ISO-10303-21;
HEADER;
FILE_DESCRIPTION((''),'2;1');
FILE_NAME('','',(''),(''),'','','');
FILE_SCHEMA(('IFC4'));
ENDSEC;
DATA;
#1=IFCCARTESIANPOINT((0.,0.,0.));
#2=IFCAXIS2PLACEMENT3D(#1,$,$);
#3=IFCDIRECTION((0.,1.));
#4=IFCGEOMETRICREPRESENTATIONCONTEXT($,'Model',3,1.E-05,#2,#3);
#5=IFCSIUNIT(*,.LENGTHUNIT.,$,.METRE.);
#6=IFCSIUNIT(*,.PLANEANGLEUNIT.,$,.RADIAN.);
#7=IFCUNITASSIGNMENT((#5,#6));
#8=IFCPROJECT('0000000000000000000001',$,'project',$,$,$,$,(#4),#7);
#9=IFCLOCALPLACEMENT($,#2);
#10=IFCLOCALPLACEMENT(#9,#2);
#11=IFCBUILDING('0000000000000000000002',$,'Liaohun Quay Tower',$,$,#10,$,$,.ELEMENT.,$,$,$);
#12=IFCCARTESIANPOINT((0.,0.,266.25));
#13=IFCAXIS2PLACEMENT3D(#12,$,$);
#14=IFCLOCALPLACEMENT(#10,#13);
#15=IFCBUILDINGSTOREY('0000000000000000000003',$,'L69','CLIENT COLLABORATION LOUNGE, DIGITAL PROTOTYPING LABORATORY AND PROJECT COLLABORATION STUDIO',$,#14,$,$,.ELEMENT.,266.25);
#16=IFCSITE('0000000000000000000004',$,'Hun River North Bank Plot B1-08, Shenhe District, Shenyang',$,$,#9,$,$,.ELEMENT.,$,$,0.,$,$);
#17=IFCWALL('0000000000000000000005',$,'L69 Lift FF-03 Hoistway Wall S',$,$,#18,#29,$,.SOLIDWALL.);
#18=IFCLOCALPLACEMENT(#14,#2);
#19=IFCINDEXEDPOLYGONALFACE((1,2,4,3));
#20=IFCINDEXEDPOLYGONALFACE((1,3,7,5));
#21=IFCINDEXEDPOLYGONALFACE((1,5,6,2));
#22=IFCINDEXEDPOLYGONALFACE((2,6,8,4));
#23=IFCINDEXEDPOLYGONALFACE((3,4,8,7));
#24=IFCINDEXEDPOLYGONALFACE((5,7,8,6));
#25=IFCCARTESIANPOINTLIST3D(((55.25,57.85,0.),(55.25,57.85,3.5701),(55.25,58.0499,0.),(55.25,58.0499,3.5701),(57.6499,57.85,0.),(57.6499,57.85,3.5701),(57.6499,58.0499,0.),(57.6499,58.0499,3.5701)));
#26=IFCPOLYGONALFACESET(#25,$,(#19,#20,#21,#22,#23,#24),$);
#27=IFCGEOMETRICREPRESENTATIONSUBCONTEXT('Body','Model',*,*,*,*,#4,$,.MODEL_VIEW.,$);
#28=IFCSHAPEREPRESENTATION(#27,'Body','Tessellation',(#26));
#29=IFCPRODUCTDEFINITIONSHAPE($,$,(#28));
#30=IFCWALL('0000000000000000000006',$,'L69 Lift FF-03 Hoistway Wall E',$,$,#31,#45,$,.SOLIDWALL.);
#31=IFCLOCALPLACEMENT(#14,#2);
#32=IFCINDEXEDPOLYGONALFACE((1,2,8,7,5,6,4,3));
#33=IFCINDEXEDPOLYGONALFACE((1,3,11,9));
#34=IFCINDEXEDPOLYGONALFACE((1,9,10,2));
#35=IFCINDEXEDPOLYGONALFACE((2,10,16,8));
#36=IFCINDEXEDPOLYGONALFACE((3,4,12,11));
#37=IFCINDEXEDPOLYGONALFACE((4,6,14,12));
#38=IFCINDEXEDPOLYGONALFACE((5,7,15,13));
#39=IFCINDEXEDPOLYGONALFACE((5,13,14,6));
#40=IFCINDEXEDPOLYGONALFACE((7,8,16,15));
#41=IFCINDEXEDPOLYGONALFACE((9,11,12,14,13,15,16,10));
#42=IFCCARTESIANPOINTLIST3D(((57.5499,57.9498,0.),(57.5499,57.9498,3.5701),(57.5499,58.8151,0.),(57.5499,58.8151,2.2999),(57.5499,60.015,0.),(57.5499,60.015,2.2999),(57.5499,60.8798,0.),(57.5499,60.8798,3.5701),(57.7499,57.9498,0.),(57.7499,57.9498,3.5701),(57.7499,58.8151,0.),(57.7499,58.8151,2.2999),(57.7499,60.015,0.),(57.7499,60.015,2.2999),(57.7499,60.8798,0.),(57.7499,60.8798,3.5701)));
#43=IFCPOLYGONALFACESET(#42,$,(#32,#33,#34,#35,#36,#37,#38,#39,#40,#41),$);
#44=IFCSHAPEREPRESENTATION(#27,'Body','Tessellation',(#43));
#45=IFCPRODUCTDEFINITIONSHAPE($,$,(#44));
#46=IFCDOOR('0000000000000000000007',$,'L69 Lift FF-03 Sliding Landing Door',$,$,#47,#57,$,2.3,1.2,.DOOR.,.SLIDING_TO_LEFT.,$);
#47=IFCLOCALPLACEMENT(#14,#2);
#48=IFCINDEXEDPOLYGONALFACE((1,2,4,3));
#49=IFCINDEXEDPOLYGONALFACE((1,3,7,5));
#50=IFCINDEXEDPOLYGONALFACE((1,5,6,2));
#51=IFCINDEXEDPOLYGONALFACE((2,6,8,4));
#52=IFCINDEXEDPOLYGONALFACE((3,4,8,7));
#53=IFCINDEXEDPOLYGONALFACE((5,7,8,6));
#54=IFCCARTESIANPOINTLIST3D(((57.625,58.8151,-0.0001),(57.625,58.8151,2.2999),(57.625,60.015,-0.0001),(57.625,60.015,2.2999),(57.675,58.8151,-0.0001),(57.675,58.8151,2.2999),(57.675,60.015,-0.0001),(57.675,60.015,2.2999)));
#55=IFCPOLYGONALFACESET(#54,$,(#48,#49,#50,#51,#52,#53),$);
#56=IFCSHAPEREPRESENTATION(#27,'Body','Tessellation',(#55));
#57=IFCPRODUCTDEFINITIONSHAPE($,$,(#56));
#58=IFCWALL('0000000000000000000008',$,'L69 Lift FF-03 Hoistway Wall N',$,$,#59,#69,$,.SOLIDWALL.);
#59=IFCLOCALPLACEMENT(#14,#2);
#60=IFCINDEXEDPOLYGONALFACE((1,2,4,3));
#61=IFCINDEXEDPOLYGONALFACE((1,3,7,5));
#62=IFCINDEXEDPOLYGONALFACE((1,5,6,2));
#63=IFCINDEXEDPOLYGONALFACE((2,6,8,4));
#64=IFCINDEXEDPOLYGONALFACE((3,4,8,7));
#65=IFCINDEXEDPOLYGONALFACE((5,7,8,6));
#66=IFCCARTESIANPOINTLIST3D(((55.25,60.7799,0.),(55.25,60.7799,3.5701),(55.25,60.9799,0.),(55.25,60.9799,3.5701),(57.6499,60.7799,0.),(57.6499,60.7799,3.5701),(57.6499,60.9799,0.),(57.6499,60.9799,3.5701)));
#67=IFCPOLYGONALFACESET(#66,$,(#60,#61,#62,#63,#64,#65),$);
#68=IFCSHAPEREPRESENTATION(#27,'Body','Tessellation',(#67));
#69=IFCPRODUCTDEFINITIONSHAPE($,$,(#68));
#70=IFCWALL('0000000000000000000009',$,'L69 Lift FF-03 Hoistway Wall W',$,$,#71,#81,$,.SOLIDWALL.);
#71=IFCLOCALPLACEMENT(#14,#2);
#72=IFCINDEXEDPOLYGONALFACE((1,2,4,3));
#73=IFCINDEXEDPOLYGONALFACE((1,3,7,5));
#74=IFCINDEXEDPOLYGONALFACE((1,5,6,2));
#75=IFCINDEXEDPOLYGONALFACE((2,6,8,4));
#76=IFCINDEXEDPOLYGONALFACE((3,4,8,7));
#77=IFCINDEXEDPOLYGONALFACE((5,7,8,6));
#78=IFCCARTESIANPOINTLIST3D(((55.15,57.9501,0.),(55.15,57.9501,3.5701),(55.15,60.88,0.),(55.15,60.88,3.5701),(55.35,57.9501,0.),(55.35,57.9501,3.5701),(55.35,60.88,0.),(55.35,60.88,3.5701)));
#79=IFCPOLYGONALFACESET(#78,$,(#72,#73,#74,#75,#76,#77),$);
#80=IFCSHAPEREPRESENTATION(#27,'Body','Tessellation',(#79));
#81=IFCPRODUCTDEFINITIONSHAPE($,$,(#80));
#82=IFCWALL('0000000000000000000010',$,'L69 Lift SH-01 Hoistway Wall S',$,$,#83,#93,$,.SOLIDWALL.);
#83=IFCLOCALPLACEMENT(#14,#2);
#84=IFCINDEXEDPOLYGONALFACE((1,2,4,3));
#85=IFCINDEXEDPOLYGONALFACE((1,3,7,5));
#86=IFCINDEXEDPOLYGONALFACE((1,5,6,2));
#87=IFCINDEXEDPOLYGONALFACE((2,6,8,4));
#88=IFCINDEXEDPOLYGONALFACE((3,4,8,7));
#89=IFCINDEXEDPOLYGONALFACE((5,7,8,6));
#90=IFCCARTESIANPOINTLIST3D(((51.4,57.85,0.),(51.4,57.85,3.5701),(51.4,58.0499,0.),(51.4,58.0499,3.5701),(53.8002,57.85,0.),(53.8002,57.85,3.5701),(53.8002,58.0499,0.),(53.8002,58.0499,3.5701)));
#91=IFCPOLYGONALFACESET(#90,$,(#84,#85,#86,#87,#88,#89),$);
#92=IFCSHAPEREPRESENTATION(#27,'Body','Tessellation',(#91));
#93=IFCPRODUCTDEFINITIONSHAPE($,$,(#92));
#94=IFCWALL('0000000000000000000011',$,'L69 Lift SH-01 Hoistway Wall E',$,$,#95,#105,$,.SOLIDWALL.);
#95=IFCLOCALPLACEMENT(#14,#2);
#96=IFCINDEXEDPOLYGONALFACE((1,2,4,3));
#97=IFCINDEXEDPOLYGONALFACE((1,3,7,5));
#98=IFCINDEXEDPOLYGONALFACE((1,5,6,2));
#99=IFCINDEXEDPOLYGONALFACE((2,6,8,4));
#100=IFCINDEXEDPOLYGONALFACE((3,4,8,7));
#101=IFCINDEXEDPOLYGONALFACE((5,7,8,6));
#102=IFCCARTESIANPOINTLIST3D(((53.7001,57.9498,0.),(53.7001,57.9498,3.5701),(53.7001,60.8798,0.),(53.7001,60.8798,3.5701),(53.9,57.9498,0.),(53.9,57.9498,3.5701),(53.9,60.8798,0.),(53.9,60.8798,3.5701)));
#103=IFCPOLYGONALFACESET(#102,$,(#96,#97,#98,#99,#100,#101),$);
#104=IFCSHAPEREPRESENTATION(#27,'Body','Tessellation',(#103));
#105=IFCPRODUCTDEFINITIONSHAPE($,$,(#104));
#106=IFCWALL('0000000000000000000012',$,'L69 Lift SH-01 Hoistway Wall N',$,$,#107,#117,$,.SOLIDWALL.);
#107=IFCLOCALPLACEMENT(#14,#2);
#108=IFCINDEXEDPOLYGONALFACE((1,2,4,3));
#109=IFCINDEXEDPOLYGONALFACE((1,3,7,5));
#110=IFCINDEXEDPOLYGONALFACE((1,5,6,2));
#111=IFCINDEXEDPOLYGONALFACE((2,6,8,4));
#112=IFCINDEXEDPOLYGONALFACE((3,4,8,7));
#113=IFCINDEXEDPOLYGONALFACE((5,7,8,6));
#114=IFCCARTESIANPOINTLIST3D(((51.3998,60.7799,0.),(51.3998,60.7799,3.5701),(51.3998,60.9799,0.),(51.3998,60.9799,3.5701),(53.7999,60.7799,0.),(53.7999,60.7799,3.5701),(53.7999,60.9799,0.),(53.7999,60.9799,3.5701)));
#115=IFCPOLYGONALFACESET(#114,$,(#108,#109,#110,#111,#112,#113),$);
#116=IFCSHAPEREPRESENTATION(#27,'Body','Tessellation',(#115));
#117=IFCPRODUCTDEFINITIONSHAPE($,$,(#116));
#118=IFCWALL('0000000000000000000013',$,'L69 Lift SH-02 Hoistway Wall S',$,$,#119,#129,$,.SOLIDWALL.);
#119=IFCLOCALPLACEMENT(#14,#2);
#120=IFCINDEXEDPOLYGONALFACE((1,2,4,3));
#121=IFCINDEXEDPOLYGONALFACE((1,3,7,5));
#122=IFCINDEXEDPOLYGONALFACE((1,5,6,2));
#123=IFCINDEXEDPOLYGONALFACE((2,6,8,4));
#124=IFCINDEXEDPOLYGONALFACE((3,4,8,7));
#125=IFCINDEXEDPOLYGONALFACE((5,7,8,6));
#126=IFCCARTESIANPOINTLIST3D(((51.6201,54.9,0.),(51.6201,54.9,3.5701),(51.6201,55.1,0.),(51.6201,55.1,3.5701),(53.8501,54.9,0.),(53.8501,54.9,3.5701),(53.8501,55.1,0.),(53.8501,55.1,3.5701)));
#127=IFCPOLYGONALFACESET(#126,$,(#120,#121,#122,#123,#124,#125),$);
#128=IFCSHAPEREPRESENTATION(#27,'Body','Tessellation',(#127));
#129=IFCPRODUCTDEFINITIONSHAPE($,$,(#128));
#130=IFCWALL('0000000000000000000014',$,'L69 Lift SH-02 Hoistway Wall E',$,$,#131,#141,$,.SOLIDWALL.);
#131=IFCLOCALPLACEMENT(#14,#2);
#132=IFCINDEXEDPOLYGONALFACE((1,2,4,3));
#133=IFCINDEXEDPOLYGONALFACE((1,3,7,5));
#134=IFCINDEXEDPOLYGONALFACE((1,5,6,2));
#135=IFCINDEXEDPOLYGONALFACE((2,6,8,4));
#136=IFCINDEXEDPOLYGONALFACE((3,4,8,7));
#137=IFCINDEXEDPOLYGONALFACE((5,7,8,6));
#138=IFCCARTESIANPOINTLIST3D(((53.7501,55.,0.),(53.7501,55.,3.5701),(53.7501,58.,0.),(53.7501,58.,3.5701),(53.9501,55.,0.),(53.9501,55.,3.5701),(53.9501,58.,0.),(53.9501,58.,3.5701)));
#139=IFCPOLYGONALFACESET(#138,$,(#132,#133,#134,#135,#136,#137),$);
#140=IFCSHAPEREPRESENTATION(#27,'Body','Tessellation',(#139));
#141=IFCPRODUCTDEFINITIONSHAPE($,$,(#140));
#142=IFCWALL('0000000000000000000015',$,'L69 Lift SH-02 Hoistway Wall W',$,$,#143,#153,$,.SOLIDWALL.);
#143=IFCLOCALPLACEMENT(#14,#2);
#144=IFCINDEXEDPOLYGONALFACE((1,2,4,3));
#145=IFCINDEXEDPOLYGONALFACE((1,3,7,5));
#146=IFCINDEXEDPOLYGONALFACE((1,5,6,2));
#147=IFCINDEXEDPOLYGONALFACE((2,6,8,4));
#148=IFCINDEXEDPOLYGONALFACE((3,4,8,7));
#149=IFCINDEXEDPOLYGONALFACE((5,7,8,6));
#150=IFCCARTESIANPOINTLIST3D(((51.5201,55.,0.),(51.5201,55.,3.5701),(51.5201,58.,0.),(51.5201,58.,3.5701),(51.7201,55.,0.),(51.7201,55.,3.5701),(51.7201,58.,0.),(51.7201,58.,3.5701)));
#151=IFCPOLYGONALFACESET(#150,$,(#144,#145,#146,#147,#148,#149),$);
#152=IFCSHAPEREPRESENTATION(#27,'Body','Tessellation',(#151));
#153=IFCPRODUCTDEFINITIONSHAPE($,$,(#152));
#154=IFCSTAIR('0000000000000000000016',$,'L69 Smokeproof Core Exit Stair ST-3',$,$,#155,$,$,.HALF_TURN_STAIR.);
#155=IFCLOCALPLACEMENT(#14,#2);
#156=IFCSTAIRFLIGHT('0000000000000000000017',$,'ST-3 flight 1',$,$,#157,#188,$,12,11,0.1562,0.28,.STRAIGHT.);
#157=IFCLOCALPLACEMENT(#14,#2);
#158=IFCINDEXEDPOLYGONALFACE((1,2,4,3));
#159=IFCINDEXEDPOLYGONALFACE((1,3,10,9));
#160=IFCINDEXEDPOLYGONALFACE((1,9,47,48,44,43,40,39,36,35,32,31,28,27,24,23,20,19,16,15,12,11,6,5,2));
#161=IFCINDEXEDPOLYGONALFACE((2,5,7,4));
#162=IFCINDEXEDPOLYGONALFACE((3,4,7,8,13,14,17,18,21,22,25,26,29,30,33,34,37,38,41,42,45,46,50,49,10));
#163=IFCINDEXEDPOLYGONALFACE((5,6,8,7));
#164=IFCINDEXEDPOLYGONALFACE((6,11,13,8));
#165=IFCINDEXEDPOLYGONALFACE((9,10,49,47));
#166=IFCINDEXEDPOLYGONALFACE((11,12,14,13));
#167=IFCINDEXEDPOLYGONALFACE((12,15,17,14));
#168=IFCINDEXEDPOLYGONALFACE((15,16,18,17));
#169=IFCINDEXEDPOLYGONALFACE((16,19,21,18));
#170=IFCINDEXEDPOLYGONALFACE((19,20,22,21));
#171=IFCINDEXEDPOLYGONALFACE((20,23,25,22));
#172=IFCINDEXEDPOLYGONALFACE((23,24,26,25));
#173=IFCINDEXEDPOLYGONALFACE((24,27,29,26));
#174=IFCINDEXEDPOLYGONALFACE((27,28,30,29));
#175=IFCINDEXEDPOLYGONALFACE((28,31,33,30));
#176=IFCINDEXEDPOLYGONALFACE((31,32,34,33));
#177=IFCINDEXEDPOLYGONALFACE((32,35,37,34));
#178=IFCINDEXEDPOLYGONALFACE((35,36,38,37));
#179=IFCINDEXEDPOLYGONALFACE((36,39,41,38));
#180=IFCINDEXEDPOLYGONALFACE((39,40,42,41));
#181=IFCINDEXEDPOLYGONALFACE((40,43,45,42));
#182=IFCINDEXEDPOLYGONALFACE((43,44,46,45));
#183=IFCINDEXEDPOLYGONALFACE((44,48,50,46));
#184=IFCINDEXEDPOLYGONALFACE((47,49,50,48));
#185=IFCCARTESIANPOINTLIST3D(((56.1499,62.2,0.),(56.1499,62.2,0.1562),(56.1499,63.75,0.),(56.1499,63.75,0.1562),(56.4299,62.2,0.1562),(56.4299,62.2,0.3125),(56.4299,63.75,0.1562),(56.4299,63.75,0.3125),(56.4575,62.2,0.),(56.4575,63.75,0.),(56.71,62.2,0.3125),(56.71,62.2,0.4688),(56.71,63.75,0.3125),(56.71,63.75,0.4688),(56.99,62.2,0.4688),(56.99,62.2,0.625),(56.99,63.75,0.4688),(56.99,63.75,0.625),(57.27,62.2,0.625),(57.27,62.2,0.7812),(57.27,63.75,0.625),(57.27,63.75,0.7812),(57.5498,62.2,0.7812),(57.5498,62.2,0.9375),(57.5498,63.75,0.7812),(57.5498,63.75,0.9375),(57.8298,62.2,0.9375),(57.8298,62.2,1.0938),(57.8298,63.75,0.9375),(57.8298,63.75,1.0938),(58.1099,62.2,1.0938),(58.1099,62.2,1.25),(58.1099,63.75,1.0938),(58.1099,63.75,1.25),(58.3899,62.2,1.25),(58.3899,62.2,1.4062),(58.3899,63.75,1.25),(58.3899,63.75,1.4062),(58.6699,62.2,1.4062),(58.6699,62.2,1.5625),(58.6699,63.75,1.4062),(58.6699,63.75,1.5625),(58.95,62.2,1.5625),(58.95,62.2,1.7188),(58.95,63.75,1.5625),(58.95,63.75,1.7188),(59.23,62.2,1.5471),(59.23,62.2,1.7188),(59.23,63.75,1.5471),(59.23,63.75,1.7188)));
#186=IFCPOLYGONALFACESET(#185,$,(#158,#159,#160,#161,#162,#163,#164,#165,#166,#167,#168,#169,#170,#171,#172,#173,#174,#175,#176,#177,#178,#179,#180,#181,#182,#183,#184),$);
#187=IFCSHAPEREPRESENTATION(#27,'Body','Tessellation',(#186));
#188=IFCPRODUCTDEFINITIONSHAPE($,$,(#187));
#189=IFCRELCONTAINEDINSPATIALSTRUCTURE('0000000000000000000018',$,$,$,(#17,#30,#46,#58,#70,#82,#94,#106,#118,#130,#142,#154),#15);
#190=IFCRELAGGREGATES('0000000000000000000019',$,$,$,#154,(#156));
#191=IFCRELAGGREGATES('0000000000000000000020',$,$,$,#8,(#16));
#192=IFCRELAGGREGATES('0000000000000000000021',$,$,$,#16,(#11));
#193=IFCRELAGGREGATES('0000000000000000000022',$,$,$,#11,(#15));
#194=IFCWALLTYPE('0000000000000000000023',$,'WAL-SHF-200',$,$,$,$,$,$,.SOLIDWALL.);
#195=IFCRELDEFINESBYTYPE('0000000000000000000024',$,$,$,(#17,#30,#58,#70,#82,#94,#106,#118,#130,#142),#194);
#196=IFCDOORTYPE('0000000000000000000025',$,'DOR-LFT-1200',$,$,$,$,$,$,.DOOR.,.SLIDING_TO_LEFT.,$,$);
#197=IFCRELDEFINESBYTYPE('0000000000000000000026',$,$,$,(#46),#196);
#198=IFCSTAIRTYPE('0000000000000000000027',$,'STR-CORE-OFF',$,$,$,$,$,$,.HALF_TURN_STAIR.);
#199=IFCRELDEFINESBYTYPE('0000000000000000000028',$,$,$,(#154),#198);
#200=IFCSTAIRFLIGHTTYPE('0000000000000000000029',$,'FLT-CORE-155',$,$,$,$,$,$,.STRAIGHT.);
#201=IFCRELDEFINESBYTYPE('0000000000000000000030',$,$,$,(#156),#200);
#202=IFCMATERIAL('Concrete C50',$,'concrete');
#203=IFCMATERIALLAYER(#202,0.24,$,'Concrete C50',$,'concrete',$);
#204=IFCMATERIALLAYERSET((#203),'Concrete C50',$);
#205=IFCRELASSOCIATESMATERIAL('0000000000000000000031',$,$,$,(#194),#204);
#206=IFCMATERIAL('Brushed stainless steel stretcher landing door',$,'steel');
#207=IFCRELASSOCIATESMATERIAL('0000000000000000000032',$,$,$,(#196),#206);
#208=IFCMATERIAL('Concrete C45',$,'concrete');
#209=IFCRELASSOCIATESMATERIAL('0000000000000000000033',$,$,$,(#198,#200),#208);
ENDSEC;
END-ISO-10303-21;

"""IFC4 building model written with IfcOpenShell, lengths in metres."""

from ifc_helpers import new_model, si_unit, direction, frame, frame_2d, origin, place, context, subcontext, project, spatial, polyline, rectangle, outline, extrude, source, transform, mapped, material, layer, layer_set, type_object, element, fill, aggregate, save


model = new_model("IFC4")

# Units and contexts
model_context = context("Model", 3, precision=1e-05, world=origin(), true_north=direction((0.0, 1.0)))
body_context = subcontext(model_context, "Body", "Model", "MODEL_VIEW")
ifc_project = project(units=[si_unit("LENGTHUNIT", "METRE"), si_unit("PLANEANGLEUNIT", "RADIAN")], contexts=[model_context])

# Site, building, storey
site_placement = place(None, origin())
site = spatial("IfcSite", under=ifc_project, at=site_placement, Name="Hun River North Bank Plot B1-08, Shenhe District, Shenyang", CompositionType="ELEMENT", RefElevation=0.0)
building_placement = place(site_placement, origin())
building = spatial("IfcBuilding", under=site, at=building_placement, Name="Liaohun Quay Tower", CompositionType="ELEMENT")
storey_placement = place(building_placement, frame((0.0, 0.0, 266.25)))
storey = spatial("IfcBuildingStorey", under=building, at=storey_placement, Name="L69", Description="CLIENT COLLABORATION LOUNGE, DIGITAL PROTOTYPING LABORATORY AND PROJECT COLLABORATION STUDIO", CompositionType="ELEMENT", Elevation=266.25)

# Wall
ifc_material_1 = material(Name="Concrete C50", Category="concrete")
ifc_layer_1 = layer(ifc_material_1, 0.24, Name="Concrete C50", Category="concrete")
ifc_layer_set_1 = layer_set([ifc_layer_1], Name="Concrete C50")
wall_type_1 = type_object("IfcWallType", Name="WAL-SHF-200", PredefinedType="SOLIDWALL", material=ifc_layer_set_1)
wall_1_placement = place(storey_placement, frame((55.25, 57.95, 0.0), z_axis=(0.0, 0.0, 1.0), x_axis=(1.0, 0.0, 0.0)))
element("IfcWall", 1, at=wall_1_placement, inside=storey, type_object=wall_type_1, Name="L69 Lift FF-03 Hoistway Wall S", PredefinedType="SOLIDWALL", context=body_context, shape_type="SweptSolid", body=[
    extrude(rectangle(XDim=2.3999, YDim=0.2, at=frame_2d((1.2, 0.0))), origin(), (0.0, 0.0, 1.0), 3.5701),
])

# Wall, opening, door
wall_2_placement = place(storey_placement, frame((57.6499, 57.95, 0.0), z_axis=(0.0, 0.0, 1.0), x_axis=(0.0, 1.0, 0.0)))
wall_2 = element("IfcWall", 2, at=wall_2_placement, inside=storey, type_object=wall_type_1, Name="L69 Lift FF-03 Hoistway Wall E", PredefinedType="SOLIDWALL", context=body_context, shape_type="SweptSolid", body=[
    extrude(rectangle(XDim=2.9299, YDim=0.2, at=frame_2d((1.4648, 0.0))), origin(), (0.0, 0.0, 1.0), 3.5701),
])
shared_shape_1 = source(origin(), body_context, "Body", "SweptSolid", [
    extrude(rectangle(XDim=1.2, YDim=2.3, at=frame_2d((0.6001, 1.1499))), frame((0.0, 0.1099, 0.0), z_axis=(0.0, -1.0, 0.0), x_axis=(1.0, 0.0, 0.0)), (0.0, 0.0, 1.0), 0.22),
])
opening_1_placement = place(wall_2_placement, frame((0.865, 0.0, 0.0)))
opening_1 = element("IfcOpeningElement", 3, at=opening_1_placement, cuts=wall_2, PredefinedType="OPENING", context=body_context, shape_type="MappedRepresentation", body=[
    mapped(shared_shape_1, transform((0.0, 0.0, 0.0), x_axis=(1.0, 0.0, 0.0), y_axis=(0.0, 1.0, 0.0), z_axis=(0.0, 0.0, 1.0), scale=1.0)),
])
ifc_material_2 = material(Name="Brushed stainless steel stretcher landing door", Category="steel")
door_type_1 = type_object("IfcDoorType", Name="DOR-LFT-1200", OperationType="SLIDING_TO_LEFT", PredefinedType="DOOR", material=ifc_material_2)
shared_shape_2 = source(origin(), body_context, "Body", "SweptSolid", [
    extrude(rectangle(XDim=1.2, YDim=2.3, at=frame_2d((0.6001, 1.1499))), frame((0.0, 0.0249, 0.0), z_axis=(0.0, -1.0, 0.0), x_axis=(1.0, 0.0, 0.0)), (0.0, 0.0, 1.0), 0.05),
])
door_1_placement = place(opening_1_placement, origin())
door_1 = element("IfcDoor", 4, at=door_1_placement, inside=storey, type_object=door_type_1, Name="L69 Lift FF-03 Sliding Landing Door", OperationType="SLIDING_TO_LEFT", OverallHeight=2.3, OverallWidth=1.2, PredefinedType="DOOR", context=body_context, shape_type="MappedRepresentation", body=[
    mapped(shared_shape_2, transform((0.0, 0.0, 0.0), x_axis=(1.0, 0.0, 0.0), y_axis=(0.0, 1.0, 0.0), z_axis=(0.0, 0.0, 1.0), scale=1.0)),
])
fill(opening_1, door_1)

# Walls
wall_3_placement = place(storey_placement, frame((57.6499, 60.8799, 0.0), z_axis=(0.0, 0.0, 1.0), x_axis=(-1.0, 0.0, 0.0)))
element("IfcWall", 5, at=wall_3_placement, inside=storey, type_object=wall_type_1, Name="L69 Lift FF-03 Hoistway Wall N", PredefinedType="SOLIDWALL", context=body_context, shape_type="SweptSolid", body=[
    extrude(rectangle(XDim=2.3999, YDim=0.2, at=frame_2d((1.2, 0.0))), origin(), (0.0, 0.0, 1.0), 3.5701),
])
wall_4_placement = place(storey_placement, frame((55.25, 60.8799, 0.0), z_axis=(0.0, 0.0, 1.0), x_axis=(0.0, -1.0, 0.0)))
element("IfcWall", 6, at=wall_4_placement, inside=storey, type_object=wall_type_1, Name="L69 Lift FF-03 Hoistway Wall W", PredefinedType="SOLIDWALL", context=body_context, shape_type="SweptSolid", body=[
    extrude(rectangle(XDim=2.9299, YDim=0.2, at=frame_2d((1.4648, 0.0))), origin(), (0.0, 0.0, 1.0), 3.5701),
])
wall_5_placement = place(storey_placement, frame((51.3999, 57.95, 0.0), z_axis=(0.0, 0.0, 1.0), x_axis=(1.0, 0.0, 0.0)))
element("IfcWall", 7, at=wall_5_placement, inside=storey, type_object=wall_type_1, Name="L69 Lift SH-01 Hoistway Wall S", PredefinedType="SOLIDWALL", context=body_context, shape_type="SweptSolid", body=[
    extrude(rectangle(XDim=2.4001, YDim=0.2, at=frame_2d((1.2002, 0.0))), origin(), (0.0, 0.0, 1.0), 3.5701),
])
wall_6_placement = place(storey_placement, frame((53.8, 57.95, 0.0), z_axis=(0.0, 0.0, 1.0), x_axis=(0.0, 1.0, 0.0)))
element("IfcWall", 8, at=wall_6_placement, inside=storey, type_object=wall_type_1, Name="L69 Lift SH-01 Hoistway Wall E", PredefinedType="SOLIDWALL", context=body_context, shape_type="SweptSolid", body=[
    extrude(rectangle(XDim=2.9299, YDim=0.2, at=frame_2d((1.4648, 0.0))), origin(), (0.0, 0.0, 1.0), 3.5701),
])
wall_7_placement = place(storey_placement, frame((53.8, 60.8799, 0.0), z_axis=(0.0, 0.0, 1.0), x_axis=(-1.0, 0.0, 0.0)))
element("IfcWall", 9, at=wall_7_placement, inside=storey, type_object=wall_type_1, Name="L69 Lift SH-01 Hoistway Wall N", PredefinedType="SOLIDWALL", context=body_context, shape_type="SweptSolid", body=[
    extrude(rectangle(XDim=2.4001, YDim=0.2, at=frame_2d((1.2002, 0.0))), origin(), (0.0, 0.0, 1.0), 3.5701),
])
wall_8_placement = place(storey_placement, frame((51.6201, 55.0, 0.0), z_axis=(0.0, 0.0, 1.0), x_axis=(1.0, 0.0, 0.0)))
element("IfcWall", 10, at=wall_8_placement, inside=storey, type_object=wall_type_1, Name="L69 Lift SH-02 Hoistway Wall S", PredefinedType="SOLIDWALL", context=body_context, shape_type="SweptSolid", body=[
    extrude(rectangle(XDim=2.23, YDim=0.2, at=frame_2d((1.115, 0.0))), origin(), (0.0, 0.0, 1.0), 3.5701),
])
for number, where, z_axis, x_axis, name in (
    (11, (53.8501, 55.0, 0.0), (0.0, 0.0, 1.0), (0.0, 1.0, 0.0), "L69 Lift SH-02 Hoistway Wall E"),
    (12, (51.6201, 58.0, 0.0), (0.0, 0.0, 1.0), (0.0, -1.0, 0.0), "L69 Lift SH-02 Hoistway Wall W"),
):
    element("IfcWall", number, at=place(storey_placement, frame(where, z_axis=z_axis, x_axis=x_axis)), inside=storey, type_object=wall_type_1, Name=name, PredefinedType="SOLIDWALL", context=body_context, shape_type="SweptSolid", body=[
        extrude(rectangle(XDim=3.0, YDim=0.2, at=frame_2d((1.5, 0.0))), origin(), (0.0, 0.0, 1.0), 3.5701),
    ])

# Stair, stair flight
ifc_material_3 = material(Name="Concrete C45", Category="concrete")
stair_type = type_object("IfcStairType", Name="STR-CORE-OFF", PredefinedType="HALF_TURN_STAIR", material=ifc_material_3)
stair_placement = place(storey_placement, origin())
stair = element("IfcStair", 13, at=stair_placement, inside=storey, type_object=stair_type, Name="L69 Smokeproof Core Exit Stair ST-3", PredefinedType="HALF_TURN_STAIR")
stair_flight_type = type_object("IfcStairFlightType", Name="FLT-CORE-155", PredefinedType="STRAIGHT", material=ifc_material_3)
stair_flight_1_placement = place(storey_placement, frame((56.1499, 62.9751, 0.0), z_axis=(0.0, 0.0, 1.0), x_axis=(1.0, 0.0, 0.0)))
stair_flight_1 = element("IfcStairFlight", 14, at=stair_flight_1_placement, type_object=stair_flight_type, Name="ST-3 flight 1", NumberOfRisers=12, NumberOfTreads=11, PredefinedType="STRAIGHT", RiserHeight=0.1562, TreadLength=0.28, context=body_context, shape_type="SweptSolid", body=[
    extrude(outline(polyline([(0.0, 0.0), (0.0, 0.1562), (0.28, 0.1562), (0.28, 0.3125), (0.5601, 0.3125), (0.5601, 0.4688), (0.8401, 0.4688), (0.8401, 0.625), (1.1201, 0.625), (1.1201, 0.7812), (1.3999, 0.7812), (1.3999, 0.9375), (1.6799, 0.9375), (1.6799, 1.0938), (1.96, 1.0938), (1.96, 1.25), (2.24, 1.25), (2.24, 1.4062), (2.52, 1.4062), (2.52, 1.5625), (2.8, 1.5625), (2.8, 1.7188), (3.0801, 1.7188), (3.0801, 1.875), (3.0801, 1.5471), (0.3076, 0.0), (0.0, 0.0)])), frame((0.0, 0.7749, 0.0), z_axis=(0.0, -1.0, 0.0), x_axis=(1.0, 0.0, 0.0)), (0.0, 0.0, 1.0), 1.55),
])
aggregate(stair, [stair_flight_1])

save(model, "model.ifc")
